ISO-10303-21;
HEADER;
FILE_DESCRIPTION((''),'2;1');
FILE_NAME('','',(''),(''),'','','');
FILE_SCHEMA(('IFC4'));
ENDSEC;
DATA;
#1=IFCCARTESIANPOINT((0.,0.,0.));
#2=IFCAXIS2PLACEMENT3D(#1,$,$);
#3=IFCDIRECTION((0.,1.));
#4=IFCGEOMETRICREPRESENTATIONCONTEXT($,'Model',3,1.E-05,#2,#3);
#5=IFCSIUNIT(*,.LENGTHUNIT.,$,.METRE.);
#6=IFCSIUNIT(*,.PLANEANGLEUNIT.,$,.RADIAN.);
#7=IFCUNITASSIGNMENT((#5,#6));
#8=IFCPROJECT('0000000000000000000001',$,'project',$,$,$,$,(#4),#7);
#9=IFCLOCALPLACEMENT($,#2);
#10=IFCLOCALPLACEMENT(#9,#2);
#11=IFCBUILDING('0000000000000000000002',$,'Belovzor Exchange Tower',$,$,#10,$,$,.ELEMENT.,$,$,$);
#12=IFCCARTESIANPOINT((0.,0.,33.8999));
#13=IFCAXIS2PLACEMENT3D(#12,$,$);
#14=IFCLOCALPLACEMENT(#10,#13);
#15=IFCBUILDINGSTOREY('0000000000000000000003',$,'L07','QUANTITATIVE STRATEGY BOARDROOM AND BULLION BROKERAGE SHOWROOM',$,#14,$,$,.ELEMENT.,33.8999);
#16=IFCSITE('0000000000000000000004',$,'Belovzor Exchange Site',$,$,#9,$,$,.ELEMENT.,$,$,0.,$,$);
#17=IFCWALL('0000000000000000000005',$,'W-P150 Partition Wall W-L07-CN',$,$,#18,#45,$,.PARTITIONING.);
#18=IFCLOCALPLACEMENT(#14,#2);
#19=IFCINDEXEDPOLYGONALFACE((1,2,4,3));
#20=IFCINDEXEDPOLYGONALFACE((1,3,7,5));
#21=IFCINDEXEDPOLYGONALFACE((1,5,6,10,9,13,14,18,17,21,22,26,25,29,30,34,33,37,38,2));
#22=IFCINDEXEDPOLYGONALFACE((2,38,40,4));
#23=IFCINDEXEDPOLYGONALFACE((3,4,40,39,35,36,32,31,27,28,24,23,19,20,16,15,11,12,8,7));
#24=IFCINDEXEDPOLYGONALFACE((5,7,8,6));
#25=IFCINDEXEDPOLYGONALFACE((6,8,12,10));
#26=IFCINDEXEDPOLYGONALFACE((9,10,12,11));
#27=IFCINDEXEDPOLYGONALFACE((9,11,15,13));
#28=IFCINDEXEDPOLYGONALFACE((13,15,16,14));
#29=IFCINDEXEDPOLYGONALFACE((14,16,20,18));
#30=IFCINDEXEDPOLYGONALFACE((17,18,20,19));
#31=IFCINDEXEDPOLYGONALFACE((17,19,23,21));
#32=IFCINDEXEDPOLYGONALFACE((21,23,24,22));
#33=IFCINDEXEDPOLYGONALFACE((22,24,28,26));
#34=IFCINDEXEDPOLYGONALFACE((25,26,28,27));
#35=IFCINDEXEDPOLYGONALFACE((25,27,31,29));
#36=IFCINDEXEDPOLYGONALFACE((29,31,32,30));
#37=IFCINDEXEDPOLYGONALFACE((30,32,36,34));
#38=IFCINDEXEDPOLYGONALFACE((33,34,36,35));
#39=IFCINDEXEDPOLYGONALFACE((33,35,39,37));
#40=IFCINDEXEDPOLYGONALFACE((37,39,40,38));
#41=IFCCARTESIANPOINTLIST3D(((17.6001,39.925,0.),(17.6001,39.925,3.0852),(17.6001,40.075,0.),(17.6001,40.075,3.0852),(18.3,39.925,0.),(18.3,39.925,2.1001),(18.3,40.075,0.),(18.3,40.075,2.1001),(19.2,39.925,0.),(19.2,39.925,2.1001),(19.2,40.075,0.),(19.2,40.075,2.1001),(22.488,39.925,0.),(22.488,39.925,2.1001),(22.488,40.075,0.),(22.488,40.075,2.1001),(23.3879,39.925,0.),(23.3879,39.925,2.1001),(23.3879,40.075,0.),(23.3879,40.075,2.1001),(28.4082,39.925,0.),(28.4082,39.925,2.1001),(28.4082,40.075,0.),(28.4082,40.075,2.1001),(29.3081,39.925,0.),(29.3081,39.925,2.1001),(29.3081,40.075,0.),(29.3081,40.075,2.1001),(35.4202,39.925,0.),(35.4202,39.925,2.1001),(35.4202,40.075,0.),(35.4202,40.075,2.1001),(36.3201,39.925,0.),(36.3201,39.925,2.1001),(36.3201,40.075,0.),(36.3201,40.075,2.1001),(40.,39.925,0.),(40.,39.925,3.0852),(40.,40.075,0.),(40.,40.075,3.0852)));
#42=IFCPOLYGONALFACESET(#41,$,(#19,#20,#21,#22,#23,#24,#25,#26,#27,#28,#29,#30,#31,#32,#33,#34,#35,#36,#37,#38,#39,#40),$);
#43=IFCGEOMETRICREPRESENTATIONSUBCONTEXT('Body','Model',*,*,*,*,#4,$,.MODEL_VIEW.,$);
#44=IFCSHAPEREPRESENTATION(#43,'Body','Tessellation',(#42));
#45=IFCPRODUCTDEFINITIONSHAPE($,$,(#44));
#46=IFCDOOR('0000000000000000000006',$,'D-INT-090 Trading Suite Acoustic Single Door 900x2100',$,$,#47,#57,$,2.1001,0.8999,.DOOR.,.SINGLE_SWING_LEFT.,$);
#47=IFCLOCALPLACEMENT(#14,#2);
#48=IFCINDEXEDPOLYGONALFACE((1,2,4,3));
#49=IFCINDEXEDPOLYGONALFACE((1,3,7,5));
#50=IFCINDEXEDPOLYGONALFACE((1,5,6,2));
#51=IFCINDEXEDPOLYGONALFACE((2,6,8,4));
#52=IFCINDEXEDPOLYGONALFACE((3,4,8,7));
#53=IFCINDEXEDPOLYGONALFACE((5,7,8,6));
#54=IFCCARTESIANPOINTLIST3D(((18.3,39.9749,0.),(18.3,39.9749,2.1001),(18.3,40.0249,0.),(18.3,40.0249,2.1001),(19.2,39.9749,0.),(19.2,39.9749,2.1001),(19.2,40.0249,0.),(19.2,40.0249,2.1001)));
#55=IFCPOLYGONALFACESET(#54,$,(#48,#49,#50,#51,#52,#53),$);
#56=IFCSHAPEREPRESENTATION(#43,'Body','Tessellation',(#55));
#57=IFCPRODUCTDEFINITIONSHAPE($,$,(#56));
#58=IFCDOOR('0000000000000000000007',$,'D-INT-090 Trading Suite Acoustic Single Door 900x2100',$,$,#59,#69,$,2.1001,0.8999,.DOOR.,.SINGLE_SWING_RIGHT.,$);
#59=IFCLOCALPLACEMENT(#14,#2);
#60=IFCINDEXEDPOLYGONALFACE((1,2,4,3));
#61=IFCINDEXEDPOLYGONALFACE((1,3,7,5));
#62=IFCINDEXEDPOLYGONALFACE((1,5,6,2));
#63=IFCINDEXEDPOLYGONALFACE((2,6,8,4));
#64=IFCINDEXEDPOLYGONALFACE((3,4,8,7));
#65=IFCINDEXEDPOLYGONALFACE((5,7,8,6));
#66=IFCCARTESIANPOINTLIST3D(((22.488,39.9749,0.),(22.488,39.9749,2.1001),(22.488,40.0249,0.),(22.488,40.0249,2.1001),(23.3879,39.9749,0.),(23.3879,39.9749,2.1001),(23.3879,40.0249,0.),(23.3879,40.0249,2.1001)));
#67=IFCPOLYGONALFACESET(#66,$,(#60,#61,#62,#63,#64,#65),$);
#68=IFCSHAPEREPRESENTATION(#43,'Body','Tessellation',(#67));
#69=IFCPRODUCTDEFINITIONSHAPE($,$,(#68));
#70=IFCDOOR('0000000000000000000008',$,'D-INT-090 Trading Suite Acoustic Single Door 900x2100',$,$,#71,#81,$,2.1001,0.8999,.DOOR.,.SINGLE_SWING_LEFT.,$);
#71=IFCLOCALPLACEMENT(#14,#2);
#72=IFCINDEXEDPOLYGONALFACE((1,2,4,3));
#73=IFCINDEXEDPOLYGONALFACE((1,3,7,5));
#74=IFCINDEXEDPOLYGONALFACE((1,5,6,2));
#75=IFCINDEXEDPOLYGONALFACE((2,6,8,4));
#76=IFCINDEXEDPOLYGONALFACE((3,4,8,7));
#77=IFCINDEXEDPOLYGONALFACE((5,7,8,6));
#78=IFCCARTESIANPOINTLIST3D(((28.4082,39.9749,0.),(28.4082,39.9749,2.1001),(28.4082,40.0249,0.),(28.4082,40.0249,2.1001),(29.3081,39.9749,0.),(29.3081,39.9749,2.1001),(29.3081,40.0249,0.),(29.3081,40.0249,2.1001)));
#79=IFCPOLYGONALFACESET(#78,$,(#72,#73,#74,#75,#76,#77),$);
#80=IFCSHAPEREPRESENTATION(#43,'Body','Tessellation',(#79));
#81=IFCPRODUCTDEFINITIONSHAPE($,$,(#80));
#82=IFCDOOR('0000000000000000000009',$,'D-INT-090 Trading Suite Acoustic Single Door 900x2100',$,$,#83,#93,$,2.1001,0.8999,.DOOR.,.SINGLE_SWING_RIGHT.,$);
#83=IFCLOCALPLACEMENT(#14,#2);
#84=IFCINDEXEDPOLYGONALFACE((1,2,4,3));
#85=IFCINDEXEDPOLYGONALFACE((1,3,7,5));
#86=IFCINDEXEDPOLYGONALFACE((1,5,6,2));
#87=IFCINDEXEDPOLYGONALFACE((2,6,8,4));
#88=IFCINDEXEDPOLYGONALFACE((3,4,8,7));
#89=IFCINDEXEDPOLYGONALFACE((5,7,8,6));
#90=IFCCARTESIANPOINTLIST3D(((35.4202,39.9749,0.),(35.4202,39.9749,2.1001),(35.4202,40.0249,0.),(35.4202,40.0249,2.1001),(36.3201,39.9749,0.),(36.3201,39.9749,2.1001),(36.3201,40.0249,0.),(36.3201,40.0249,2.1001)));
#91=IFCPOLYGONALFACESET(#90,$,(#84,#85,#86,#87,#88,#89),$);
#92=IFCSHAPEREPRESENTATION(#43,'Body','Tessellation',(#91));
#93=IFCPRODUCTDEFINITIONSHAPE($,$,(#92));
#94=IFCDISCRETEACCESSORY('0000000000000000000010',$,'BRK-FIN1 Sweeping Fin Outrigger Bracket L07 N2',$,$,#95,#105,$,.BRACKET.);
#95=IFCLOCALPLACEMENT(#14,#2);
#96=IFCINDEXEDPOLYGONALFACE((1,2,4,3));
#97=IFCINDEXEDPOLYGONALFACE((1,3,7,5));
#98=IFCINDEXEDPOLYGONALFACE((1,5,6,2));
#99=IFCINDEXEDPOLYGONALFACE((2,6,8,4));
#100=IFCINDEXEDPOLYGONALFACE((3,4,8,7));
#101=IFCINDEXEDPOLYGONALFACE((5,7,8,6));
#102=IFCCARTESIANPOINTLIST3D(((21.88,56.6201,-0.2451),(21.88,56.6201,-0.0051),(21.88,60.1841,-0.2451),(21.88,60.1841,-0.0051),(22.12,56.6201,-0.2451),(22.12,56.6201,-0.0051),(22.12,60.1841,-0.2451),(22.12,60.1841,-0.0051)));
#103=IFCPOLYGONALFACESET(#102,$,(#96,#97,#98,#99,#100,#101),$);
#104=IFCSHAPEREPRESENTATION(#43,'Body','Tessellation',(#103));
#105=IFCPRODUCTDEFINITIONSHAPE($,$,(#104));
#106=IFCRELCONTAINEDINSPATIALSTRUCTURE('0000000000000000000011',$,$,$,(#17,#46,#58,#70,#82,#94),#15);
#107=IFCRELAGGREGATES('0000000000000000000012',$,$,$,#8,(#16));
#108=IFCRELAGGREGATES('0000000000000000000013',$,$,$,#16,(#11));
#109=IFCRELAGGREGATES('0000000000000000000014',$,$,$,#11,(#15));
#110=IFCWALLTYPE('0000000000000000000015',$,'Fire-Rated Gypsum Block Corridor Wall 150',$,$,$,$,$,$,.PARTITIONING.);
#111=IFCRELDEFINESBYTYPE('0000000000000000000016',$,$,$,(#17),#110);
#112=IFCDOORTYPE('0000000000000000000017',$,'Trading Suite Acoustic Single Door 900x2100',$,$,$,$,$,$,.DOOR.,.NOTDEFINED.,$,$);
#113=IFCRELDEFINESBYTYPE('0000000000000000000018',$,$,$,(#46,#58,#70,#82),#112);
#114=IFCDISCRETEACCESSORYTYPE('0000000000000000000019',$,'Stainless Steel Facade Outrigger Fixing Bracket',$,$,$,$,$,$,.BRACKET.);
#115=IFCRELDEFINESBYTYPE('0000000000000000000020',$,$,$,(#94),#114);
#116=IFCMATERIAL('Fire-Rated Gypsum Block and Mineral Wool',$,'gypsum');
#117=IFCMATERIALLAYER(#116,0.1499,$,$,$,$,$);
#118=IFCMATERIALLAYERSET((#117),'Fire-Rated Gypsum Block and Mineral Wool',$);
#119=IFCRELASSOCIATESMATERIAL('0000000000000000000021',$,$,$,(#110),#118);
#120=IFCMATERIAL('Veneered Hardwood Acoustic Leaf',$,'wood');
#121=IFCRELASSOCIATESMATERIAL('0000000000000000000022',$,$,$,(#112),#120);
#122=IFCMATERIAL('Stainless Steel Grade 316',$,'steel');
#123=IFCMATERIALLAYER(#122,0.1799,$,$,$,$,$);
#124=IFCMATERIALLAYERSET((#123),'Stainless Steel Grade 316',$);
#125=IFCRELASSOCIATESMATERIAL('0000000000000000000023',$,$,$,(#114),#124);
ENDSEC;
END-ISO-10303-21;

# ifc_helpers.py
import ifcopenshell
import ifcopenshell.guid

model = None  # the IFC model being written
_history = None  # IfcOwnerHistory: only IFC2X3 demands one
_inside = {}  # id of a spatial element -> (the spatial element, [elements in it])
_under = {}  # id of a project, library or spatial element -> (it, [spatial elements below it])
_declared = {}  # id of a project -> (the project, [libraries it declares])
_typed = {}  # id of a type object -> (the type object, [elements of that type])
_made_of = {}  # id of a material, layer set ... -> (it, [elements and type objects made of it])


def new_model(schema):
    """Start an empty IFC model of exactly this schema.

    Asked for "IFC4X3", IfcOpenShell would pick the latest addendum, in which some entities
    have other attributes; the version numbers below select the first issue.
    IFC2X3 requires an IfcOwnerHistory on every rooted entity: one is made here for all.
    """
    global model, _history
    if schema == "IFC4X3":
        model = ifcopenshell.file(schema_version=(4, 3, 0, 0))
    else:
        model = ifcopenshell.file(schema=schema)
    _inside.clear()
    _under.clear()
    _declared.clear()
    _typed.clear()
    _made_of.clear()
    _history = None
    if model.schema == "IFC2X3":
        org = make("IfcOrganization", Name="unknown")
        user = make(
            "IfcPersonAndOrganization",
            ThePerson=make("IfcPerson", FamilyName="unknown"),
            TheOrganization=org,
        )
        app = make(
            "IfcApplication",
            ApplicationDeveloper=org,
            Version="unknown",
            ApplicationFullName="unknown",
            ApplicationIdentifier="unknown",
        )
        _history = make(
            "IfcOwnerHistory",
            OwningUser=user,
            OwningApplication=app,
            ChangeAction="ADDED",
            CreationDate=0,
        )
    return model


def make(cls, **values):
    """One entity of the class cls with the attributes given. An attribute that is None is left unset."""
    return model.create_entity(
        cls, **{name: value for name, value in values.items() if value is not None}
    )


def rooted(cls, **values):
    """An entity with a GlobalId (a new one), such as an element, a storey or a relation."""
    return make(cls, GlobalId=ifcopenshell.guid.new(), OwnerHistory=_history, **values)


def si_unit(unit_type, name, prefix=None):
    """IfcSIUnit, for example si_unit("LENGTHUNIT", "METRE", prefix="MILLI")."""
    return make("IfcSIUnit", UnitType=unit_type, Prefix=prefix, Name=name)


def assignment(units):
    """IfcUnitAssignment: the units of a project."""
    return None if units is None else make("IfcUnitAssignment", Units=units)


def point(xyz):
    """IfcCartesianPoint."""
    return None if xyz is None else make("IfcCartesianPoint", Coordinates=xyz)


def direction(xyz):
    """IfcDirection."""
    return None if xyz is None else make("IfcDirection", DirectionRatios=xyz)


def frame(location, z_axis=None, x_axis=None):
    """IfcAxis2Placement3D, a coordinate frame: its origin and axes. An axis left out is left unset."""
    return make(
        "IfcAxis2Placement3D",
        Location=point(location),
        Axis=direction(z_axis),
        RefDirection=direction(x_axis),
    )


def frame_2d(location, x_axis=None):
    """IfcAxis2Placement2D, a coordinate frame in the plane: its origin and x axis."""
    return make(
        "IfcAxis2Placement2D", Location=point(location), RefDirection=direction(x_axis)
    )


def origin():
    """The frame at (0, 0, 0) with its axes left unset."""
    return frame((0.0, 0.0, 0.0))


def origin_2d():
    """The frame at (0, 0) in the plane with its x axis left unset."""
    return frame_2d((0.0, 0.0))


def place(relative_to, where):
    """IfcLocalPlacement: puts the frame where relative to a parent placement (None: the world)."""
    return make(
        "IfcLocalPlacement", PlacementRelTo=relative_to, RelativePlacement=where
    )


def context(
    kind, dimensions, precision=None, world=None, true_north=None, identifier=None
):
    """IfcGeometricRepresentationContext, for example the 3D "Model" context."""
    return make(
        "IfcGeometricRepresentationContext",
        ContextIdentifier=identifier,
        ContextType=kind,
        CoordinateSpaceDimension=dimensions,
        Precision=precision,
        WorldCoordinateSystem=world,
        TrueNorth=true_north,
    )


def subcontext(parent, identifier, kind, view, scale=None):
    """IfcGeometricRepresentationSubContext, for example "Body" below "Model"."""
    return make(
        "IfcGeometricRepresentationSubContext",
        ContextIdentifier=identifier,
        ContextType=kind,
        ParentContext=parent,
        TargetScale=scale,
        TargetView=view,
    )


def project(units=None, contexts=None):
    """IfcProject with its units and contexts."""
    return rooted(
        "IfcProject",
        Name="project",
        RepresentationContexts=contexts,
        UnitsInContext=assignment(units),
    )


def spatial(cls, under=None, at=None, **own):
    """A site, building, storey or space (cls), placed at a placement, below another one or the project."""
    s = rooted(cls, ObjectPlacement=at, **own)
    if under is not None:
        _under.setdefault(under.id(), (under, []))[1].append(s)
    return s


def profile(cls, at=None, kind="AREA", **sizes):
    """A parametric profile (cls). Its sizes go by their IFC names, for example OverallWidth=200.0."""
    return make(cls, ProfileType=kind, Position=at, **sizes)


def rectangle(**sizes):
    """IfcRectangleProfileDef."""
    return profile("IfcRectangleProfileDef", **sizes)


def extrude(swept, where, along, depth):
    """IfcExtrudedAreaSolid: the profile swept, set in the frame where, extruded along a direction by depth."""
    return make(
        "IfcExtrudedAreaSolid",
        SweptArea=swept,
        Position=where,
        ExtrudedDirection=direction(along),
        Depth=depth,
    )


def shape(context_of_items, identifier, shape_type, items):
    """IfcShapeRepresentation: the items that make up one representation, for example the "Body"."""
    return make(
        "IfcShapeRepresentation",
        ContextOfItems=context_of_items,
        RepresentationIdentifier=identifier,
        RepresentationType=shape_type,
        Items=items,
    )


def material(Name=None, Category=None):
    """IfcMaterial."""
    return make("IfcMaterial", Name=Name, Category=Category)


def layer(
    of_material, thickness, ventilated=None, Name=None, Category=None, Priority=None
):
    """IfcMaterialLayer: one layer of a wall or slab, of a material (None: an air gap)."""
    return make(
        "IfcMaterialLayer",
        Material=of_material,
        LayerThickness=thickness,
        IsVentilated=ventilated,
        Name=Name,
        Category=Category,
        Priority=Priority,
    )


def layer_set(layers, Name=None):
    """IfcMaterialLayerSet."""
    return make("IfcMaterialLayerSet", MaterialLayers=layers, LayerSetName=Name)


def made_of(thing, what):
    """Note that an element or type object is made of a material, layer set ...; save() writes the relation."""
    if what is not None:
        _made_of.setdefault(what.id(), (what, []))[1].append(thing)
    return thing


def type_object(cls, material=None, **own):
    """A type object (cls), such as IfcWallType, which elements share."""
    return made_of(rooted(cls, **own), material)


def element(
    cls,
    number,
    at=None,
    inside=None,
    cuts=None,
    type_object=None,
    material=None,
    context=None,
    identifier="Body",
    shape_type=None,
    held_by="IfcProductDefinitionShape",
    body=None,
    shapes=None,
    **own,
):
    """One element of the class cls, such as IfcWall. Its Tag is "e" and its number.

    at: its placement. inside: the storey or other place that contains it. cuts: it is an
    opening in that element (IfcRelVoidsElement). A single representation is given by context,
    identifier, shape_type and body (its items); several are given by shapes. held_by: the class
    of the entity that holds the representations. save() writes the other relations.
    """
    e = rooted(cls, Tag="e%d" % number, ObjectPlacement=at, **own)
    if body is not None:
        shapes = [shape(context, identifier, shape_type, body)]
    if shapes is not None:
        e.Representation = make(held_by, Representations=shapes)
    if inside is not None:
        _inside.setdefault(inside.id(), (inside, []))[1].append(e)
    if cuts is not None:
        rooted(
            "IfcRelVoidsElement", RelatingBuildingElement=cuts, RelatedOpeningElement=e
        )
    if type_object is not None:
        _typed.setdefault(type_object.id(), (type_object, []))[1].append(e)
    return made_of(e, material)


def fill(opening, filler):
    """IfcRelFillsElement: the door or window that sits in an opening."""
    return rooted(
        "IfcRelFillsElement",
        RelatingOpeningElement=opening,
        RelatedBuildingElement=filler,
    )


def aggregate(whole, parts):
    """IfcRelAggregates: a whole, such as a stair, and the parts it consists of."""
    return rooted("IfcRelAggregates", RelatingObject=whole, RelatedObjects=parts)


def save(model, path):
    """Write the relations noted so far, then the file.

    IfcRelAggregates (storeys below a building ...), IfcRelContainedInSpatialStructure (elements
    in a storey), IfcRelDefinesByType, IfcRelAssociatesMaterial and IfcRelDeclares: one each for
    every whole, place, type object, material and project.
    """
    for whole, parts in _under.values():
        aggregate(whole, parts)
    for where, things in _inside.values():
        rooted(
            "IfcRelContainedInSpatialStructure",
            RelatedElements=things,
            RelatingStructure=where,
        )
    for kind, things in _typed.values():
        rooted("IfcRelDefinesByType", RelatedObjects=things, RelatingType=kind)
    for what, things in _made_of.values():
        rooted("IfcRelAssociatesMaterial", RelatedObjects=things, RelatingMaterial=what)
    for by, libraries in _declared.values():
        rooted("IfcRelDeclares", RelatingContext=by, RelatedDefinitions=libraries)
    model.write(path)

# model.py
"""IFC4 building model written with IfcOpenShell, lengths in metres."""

from ifc_helpers import new_model, si_unit, direction, frame, frame_2d, origin, origin_2d, place, context, subcontext, project, spatial, rectangle, extrude, material, layer, layer_set, type_object, element, fill, save


model = new_model("IFC4")

# Units and contexts
model_context = context("Model", 3, precision=1e-05, world=origin(), true_north=direction((0.0, 1.0)))
body_context = subcontext(model_context, "Body", "Model", "MODEL_VIEW")
ifc_project = project(units=[si_unit("LENGTHUNIT", "METRE"), si_unit("PLANEANGLEUNIT", "RADIAN")], contexts=[model_context])

# Site, building, storey
site_placement = place(None, origin())
site = spatial("IfcSite", under=ifc_project, at=site_placement, Name="Belovzor Exchange Site", CompositionType="ELEMENT", RefElevation=0.0)
building_placement = place(site_placement, origin())
building = spatial("IfcBuilding", under=site, at=building_placement, Name="Belovzor Exchange Tower", CompositionType="ELEMENT")
storey_placement = place(building_placement, frame((0.0, 0.0, 33.8999)))
storey = spatial("IfcBuildingStorey", under=building, at=storey_placement, Name="L07", Description="QUANTITATIVE STRATEGY BOARDROOM AND BULLION BROKERAGE SHOWROOM", CompositionType="ELEMENT", Elevation=33.8999)

# Wall, openings, doors
ifc_material_1 = material(Name="Fire-Rated Gypsum Block and Mineral Wool", Category="gypsum")
ifc_layer_1 = layer(ifc_material_1, 0.1499)
ifc_layer_set_1 = layer_set([ifc_layer_1], Name="Fire-Rated Gypsum Block and Mineral Wool")
wall_type_1 = type_object("IfcWallType", Name="Fire-Rated Gypsum Block Corridor Wall 150", PredefinedType="PARTITIONING", material=ifc_layer_set_1)
wall_1_placement = place(storey_placement, frame((17.6001, 40.0, 0.0), z_axis=(0.0, 0.0, 1.0), x_axis=(1.0, 0.0, 0.0)))
wall_1 = element("IfcWall", 1, at=wall_1_placement, inside=storey, type_object=wall_type_1, Name="W-P150 Partition Wall W-L07-CN", PredefinedType="PARTITIONING", context=body_context, shape_type="SweptSolid", body=[
    extrude(rectangle(XDim=22.3999, YDim=0.1499, at=frame_2d((11.2, 0.0))), origin(), (0.0, 0.0, 1.0), 3.0852),
])
opening_1_placement = place(wall_1_placement, frame((0.7, 0.0, 0.0)))
opening_1 = element("IfcOpeningElement", 2, at=opening_1_placement, cuts=wall_1, PredefinedType="OPENING", context=body_context, shape_type="SweptSolid", body=[
    extrude(rectangle(XDim=0.8999, YDim=2.1001, at=frame_2d((0.45, 1.05))), frame((0.0, 0.085, 0.0), z_axis=(0.0, -1.0, 0.0), x_axis=(1.0, 0.0, 0.0)), (0.0, 0.0, 1.0), 0.1699),
])
opening_2_placement = place(wall_1_placement, frame((4.8879, 0.0, 0.0)))
opening_2 = element("IfcOpeningElement", 3, at=opening_2_placement, cuts=wall_1, PredefinedType="OPENING", context=body_context, shape_type="SweptSolid", body=[
    extrude(rectangle(XDim=0.8999, YDim=2.1001, at=frame_2d((0.45, 1.05))), frame((0.0, 0.085, 0.0), z_axis=(0.0, -1.0, 0.0), x_axis=(1.0, 0.0, 0.0)), (0.0, 0.0, 1.0), 0.1699),
])
opening_3_placement = place(wall_1_placement, frame((10.8081, 0.0, 0.0)))
opening_3 = element("IfcOpeningElement", 4, at=opening_3_placement, cuts=wall_1, PredefinedType="OPENING", context=body_context, shape_type="SweptSolid", body=[
    extrude(rectangle(XDim=0.8999, YDim=2.1001, at=frame_2d((0.45, 1.05))), frame((0.0, 0.085, 0.0), z_axis=(0.0, -1.0, 0.0), x_axis=(1.0, 0.0, 0.0)), (0.0, 0.0, 1.0), 0.1699),
])
opening_4_placement = place(wall_1_placement, frame((17.8201, 0.0, 0.0)))
opening_4 = element("IfcOpeningElement", 5, at=opening_4_placement, cuts=wall_1, PredefinedType="OPENING", context=body_context, shape_type="SweptSolid", body=[
    extrude(rectangle(XDim=0.8999, YDim=2.1001, at=frame_2d((0.45, 1.05))), frame((0.0, 0.085, 0.0), z_axis=(0.0, -1.0, 0.0), x_axis=(1.0, 0.0, 0.0)), (0.0, 0.0, 1.0), 0.1699),
])
ifc_material_2 = material(Name="Veneered Hardwood Acoustic Leaf", Category="wood")
door_type_1 = type_object("IfcDoorType", Name="Trading Suite Acoustic Single Door 900x2100", OperationType="NOTDEFINED", PredefinedType="DOOR", material=ifc_material_2)
door_1_placement = place(opening_1_placement, origin())
door_1 = element("IfcDoor", 6, at=door_1_placement, inside=storey, type_object=door_type_1, Name="D-INT-090 Trading Suite Acoustic Single Door 900x2100", OperationType="SINGLE_SWING_LEFT", OverallHeight=2.1001, OverallWidth=0.8999, PredefinedType="DOOR", context=body_context, shape_type="SweptSolid", body=[
    extrude(rectangle(XDim=0.8999, YDim=2.1001, at=frame_2d((0.45, 1.05))), frame((0.0, 0.0249, 0.0), z_axis=(0.0, -1.0, 0.0), x_axis=(1.0, 0.0, 0.0)), (0.0, 0.0, 1.0), 0.05),
])
fill(opening_1, door_1)
door_2_placement = place(opening_2_placement, origin())
door_2 = element("IfcDoor", 7, at=door_2_placement, inside=storey, type_object=door_type_1, Name="D-INT-090 Trading Suite Acoustic Single Door 900x2100", OperationType="SINGLE_SWING_RIGHT", OverallHeight=2.1001, OverallWidth=0.8999, PredefinedType="DOOR", context=body_context, shape_type="SweptSolid", body=[
    extrude(rectangle(XDim=0.8999, YDim=2.1001, at=frame_2d((0.45, 1.05))), frame((0.0, 0.0249, 0.0), z_axis=(0.0, -1.0, 0.0), x_axis=(1.0, 0.0, 0.0)), (0.0, 0.0, 1.0), 0.05),
])
fill(opening_2, door_2)
door_3_placement = place(opening_3_placement, origin())
door_3 = element("IfcDoor", 8, at=door_3_placement, inside=storey, type_object=door_type_1, Name="D-INT-090 Trading Suite Acoustic Single Door 900x2100", OperationType="SINGLE_SWING_LEFT", OverallHeight=2.1001, OverallWidth=0.8999, PredefinedType="DOOR", context=body_context, shape_type="SweptSolid", body=[
    extrude(rectangle(XDim=0.8999, YDim=2.1001, at=frame_2d((0.45, 1.05))), frame((0.0, 0.0249, 0.0), z_axis=(0.0, -1.0, 0.0), x_axis=(1.0, 0.0, 0.0)), (0.0, 0.0, 1.0), 0.05),
])
fill(opening_3, door_3)
door_4_placement = place(opening_4_placement, origin())
door_4 = element("IfcDoor", 9, at=door_4_placement, inside=storey, type_object=door_type_1, Name="D-INT-090 Trading Suite Acoustic Single Door 900x2100", OperationType="SINGLE_SWING_RIGHT", OverallHeight=2.1001, OverallWidth=0.8999, PredefinedType="DOOR", context=body_context, shape_type="SweptSolid", body=[
    extrude(rectangle(XDim=0.8999, YDim=2.1001, at=frame_2d((0.45, 1.05))), frame((0.0, 0.0249, 0.0), z_axis=(0.0, -1.0, 0.0), x_axis=(1.0, 0.0, 0.0)), (0.0, 0.0, 1.0), 0.05),
])
fill(opening_4, door_4)

# Discrete accessory
ifc_material_3 = material(Name="Stainless Steel Grade 316", Category="steel")
ifc_layer_2 = layer(ifc_material_3, 0.1799)
ifc_layer_set_2 = layer_set([ifc_layer_2], Name="Stainless Steel Grade 316")
discrete_accessory_type = type_object("IfcDiscreteAccessoryType", Name="Stainless Steel Facade Outrigger Fixing Bracket", PredefinedType="BRACKET", material=ifc_layer_set_2)
discrete_accessory_placement = place(storey_placement, frame((22.0, 58.4021, -0.2451), z_axis=(0.0, 0.0, 1.0), x_axis=(0.0, 1.0, 0.0)))
element("IfcDiscreteAccessory", 10, at=discrete_accessory_placement, inside=storey, type_object=discrete_accessory_type, Name="BRK-FIN1 Sweeping Fin Outrigger Bracket L07 N2", PredefinedType="BRACKET", context=body_context, shape_type="SweptSolid", body=[
    extrude(rectangle(XDim=3.564, YDim=0.24, at=origin_2d()), origin(), (0.0, 0.0, 1.0), 0.24),
])

save(model, "model.ifc")
